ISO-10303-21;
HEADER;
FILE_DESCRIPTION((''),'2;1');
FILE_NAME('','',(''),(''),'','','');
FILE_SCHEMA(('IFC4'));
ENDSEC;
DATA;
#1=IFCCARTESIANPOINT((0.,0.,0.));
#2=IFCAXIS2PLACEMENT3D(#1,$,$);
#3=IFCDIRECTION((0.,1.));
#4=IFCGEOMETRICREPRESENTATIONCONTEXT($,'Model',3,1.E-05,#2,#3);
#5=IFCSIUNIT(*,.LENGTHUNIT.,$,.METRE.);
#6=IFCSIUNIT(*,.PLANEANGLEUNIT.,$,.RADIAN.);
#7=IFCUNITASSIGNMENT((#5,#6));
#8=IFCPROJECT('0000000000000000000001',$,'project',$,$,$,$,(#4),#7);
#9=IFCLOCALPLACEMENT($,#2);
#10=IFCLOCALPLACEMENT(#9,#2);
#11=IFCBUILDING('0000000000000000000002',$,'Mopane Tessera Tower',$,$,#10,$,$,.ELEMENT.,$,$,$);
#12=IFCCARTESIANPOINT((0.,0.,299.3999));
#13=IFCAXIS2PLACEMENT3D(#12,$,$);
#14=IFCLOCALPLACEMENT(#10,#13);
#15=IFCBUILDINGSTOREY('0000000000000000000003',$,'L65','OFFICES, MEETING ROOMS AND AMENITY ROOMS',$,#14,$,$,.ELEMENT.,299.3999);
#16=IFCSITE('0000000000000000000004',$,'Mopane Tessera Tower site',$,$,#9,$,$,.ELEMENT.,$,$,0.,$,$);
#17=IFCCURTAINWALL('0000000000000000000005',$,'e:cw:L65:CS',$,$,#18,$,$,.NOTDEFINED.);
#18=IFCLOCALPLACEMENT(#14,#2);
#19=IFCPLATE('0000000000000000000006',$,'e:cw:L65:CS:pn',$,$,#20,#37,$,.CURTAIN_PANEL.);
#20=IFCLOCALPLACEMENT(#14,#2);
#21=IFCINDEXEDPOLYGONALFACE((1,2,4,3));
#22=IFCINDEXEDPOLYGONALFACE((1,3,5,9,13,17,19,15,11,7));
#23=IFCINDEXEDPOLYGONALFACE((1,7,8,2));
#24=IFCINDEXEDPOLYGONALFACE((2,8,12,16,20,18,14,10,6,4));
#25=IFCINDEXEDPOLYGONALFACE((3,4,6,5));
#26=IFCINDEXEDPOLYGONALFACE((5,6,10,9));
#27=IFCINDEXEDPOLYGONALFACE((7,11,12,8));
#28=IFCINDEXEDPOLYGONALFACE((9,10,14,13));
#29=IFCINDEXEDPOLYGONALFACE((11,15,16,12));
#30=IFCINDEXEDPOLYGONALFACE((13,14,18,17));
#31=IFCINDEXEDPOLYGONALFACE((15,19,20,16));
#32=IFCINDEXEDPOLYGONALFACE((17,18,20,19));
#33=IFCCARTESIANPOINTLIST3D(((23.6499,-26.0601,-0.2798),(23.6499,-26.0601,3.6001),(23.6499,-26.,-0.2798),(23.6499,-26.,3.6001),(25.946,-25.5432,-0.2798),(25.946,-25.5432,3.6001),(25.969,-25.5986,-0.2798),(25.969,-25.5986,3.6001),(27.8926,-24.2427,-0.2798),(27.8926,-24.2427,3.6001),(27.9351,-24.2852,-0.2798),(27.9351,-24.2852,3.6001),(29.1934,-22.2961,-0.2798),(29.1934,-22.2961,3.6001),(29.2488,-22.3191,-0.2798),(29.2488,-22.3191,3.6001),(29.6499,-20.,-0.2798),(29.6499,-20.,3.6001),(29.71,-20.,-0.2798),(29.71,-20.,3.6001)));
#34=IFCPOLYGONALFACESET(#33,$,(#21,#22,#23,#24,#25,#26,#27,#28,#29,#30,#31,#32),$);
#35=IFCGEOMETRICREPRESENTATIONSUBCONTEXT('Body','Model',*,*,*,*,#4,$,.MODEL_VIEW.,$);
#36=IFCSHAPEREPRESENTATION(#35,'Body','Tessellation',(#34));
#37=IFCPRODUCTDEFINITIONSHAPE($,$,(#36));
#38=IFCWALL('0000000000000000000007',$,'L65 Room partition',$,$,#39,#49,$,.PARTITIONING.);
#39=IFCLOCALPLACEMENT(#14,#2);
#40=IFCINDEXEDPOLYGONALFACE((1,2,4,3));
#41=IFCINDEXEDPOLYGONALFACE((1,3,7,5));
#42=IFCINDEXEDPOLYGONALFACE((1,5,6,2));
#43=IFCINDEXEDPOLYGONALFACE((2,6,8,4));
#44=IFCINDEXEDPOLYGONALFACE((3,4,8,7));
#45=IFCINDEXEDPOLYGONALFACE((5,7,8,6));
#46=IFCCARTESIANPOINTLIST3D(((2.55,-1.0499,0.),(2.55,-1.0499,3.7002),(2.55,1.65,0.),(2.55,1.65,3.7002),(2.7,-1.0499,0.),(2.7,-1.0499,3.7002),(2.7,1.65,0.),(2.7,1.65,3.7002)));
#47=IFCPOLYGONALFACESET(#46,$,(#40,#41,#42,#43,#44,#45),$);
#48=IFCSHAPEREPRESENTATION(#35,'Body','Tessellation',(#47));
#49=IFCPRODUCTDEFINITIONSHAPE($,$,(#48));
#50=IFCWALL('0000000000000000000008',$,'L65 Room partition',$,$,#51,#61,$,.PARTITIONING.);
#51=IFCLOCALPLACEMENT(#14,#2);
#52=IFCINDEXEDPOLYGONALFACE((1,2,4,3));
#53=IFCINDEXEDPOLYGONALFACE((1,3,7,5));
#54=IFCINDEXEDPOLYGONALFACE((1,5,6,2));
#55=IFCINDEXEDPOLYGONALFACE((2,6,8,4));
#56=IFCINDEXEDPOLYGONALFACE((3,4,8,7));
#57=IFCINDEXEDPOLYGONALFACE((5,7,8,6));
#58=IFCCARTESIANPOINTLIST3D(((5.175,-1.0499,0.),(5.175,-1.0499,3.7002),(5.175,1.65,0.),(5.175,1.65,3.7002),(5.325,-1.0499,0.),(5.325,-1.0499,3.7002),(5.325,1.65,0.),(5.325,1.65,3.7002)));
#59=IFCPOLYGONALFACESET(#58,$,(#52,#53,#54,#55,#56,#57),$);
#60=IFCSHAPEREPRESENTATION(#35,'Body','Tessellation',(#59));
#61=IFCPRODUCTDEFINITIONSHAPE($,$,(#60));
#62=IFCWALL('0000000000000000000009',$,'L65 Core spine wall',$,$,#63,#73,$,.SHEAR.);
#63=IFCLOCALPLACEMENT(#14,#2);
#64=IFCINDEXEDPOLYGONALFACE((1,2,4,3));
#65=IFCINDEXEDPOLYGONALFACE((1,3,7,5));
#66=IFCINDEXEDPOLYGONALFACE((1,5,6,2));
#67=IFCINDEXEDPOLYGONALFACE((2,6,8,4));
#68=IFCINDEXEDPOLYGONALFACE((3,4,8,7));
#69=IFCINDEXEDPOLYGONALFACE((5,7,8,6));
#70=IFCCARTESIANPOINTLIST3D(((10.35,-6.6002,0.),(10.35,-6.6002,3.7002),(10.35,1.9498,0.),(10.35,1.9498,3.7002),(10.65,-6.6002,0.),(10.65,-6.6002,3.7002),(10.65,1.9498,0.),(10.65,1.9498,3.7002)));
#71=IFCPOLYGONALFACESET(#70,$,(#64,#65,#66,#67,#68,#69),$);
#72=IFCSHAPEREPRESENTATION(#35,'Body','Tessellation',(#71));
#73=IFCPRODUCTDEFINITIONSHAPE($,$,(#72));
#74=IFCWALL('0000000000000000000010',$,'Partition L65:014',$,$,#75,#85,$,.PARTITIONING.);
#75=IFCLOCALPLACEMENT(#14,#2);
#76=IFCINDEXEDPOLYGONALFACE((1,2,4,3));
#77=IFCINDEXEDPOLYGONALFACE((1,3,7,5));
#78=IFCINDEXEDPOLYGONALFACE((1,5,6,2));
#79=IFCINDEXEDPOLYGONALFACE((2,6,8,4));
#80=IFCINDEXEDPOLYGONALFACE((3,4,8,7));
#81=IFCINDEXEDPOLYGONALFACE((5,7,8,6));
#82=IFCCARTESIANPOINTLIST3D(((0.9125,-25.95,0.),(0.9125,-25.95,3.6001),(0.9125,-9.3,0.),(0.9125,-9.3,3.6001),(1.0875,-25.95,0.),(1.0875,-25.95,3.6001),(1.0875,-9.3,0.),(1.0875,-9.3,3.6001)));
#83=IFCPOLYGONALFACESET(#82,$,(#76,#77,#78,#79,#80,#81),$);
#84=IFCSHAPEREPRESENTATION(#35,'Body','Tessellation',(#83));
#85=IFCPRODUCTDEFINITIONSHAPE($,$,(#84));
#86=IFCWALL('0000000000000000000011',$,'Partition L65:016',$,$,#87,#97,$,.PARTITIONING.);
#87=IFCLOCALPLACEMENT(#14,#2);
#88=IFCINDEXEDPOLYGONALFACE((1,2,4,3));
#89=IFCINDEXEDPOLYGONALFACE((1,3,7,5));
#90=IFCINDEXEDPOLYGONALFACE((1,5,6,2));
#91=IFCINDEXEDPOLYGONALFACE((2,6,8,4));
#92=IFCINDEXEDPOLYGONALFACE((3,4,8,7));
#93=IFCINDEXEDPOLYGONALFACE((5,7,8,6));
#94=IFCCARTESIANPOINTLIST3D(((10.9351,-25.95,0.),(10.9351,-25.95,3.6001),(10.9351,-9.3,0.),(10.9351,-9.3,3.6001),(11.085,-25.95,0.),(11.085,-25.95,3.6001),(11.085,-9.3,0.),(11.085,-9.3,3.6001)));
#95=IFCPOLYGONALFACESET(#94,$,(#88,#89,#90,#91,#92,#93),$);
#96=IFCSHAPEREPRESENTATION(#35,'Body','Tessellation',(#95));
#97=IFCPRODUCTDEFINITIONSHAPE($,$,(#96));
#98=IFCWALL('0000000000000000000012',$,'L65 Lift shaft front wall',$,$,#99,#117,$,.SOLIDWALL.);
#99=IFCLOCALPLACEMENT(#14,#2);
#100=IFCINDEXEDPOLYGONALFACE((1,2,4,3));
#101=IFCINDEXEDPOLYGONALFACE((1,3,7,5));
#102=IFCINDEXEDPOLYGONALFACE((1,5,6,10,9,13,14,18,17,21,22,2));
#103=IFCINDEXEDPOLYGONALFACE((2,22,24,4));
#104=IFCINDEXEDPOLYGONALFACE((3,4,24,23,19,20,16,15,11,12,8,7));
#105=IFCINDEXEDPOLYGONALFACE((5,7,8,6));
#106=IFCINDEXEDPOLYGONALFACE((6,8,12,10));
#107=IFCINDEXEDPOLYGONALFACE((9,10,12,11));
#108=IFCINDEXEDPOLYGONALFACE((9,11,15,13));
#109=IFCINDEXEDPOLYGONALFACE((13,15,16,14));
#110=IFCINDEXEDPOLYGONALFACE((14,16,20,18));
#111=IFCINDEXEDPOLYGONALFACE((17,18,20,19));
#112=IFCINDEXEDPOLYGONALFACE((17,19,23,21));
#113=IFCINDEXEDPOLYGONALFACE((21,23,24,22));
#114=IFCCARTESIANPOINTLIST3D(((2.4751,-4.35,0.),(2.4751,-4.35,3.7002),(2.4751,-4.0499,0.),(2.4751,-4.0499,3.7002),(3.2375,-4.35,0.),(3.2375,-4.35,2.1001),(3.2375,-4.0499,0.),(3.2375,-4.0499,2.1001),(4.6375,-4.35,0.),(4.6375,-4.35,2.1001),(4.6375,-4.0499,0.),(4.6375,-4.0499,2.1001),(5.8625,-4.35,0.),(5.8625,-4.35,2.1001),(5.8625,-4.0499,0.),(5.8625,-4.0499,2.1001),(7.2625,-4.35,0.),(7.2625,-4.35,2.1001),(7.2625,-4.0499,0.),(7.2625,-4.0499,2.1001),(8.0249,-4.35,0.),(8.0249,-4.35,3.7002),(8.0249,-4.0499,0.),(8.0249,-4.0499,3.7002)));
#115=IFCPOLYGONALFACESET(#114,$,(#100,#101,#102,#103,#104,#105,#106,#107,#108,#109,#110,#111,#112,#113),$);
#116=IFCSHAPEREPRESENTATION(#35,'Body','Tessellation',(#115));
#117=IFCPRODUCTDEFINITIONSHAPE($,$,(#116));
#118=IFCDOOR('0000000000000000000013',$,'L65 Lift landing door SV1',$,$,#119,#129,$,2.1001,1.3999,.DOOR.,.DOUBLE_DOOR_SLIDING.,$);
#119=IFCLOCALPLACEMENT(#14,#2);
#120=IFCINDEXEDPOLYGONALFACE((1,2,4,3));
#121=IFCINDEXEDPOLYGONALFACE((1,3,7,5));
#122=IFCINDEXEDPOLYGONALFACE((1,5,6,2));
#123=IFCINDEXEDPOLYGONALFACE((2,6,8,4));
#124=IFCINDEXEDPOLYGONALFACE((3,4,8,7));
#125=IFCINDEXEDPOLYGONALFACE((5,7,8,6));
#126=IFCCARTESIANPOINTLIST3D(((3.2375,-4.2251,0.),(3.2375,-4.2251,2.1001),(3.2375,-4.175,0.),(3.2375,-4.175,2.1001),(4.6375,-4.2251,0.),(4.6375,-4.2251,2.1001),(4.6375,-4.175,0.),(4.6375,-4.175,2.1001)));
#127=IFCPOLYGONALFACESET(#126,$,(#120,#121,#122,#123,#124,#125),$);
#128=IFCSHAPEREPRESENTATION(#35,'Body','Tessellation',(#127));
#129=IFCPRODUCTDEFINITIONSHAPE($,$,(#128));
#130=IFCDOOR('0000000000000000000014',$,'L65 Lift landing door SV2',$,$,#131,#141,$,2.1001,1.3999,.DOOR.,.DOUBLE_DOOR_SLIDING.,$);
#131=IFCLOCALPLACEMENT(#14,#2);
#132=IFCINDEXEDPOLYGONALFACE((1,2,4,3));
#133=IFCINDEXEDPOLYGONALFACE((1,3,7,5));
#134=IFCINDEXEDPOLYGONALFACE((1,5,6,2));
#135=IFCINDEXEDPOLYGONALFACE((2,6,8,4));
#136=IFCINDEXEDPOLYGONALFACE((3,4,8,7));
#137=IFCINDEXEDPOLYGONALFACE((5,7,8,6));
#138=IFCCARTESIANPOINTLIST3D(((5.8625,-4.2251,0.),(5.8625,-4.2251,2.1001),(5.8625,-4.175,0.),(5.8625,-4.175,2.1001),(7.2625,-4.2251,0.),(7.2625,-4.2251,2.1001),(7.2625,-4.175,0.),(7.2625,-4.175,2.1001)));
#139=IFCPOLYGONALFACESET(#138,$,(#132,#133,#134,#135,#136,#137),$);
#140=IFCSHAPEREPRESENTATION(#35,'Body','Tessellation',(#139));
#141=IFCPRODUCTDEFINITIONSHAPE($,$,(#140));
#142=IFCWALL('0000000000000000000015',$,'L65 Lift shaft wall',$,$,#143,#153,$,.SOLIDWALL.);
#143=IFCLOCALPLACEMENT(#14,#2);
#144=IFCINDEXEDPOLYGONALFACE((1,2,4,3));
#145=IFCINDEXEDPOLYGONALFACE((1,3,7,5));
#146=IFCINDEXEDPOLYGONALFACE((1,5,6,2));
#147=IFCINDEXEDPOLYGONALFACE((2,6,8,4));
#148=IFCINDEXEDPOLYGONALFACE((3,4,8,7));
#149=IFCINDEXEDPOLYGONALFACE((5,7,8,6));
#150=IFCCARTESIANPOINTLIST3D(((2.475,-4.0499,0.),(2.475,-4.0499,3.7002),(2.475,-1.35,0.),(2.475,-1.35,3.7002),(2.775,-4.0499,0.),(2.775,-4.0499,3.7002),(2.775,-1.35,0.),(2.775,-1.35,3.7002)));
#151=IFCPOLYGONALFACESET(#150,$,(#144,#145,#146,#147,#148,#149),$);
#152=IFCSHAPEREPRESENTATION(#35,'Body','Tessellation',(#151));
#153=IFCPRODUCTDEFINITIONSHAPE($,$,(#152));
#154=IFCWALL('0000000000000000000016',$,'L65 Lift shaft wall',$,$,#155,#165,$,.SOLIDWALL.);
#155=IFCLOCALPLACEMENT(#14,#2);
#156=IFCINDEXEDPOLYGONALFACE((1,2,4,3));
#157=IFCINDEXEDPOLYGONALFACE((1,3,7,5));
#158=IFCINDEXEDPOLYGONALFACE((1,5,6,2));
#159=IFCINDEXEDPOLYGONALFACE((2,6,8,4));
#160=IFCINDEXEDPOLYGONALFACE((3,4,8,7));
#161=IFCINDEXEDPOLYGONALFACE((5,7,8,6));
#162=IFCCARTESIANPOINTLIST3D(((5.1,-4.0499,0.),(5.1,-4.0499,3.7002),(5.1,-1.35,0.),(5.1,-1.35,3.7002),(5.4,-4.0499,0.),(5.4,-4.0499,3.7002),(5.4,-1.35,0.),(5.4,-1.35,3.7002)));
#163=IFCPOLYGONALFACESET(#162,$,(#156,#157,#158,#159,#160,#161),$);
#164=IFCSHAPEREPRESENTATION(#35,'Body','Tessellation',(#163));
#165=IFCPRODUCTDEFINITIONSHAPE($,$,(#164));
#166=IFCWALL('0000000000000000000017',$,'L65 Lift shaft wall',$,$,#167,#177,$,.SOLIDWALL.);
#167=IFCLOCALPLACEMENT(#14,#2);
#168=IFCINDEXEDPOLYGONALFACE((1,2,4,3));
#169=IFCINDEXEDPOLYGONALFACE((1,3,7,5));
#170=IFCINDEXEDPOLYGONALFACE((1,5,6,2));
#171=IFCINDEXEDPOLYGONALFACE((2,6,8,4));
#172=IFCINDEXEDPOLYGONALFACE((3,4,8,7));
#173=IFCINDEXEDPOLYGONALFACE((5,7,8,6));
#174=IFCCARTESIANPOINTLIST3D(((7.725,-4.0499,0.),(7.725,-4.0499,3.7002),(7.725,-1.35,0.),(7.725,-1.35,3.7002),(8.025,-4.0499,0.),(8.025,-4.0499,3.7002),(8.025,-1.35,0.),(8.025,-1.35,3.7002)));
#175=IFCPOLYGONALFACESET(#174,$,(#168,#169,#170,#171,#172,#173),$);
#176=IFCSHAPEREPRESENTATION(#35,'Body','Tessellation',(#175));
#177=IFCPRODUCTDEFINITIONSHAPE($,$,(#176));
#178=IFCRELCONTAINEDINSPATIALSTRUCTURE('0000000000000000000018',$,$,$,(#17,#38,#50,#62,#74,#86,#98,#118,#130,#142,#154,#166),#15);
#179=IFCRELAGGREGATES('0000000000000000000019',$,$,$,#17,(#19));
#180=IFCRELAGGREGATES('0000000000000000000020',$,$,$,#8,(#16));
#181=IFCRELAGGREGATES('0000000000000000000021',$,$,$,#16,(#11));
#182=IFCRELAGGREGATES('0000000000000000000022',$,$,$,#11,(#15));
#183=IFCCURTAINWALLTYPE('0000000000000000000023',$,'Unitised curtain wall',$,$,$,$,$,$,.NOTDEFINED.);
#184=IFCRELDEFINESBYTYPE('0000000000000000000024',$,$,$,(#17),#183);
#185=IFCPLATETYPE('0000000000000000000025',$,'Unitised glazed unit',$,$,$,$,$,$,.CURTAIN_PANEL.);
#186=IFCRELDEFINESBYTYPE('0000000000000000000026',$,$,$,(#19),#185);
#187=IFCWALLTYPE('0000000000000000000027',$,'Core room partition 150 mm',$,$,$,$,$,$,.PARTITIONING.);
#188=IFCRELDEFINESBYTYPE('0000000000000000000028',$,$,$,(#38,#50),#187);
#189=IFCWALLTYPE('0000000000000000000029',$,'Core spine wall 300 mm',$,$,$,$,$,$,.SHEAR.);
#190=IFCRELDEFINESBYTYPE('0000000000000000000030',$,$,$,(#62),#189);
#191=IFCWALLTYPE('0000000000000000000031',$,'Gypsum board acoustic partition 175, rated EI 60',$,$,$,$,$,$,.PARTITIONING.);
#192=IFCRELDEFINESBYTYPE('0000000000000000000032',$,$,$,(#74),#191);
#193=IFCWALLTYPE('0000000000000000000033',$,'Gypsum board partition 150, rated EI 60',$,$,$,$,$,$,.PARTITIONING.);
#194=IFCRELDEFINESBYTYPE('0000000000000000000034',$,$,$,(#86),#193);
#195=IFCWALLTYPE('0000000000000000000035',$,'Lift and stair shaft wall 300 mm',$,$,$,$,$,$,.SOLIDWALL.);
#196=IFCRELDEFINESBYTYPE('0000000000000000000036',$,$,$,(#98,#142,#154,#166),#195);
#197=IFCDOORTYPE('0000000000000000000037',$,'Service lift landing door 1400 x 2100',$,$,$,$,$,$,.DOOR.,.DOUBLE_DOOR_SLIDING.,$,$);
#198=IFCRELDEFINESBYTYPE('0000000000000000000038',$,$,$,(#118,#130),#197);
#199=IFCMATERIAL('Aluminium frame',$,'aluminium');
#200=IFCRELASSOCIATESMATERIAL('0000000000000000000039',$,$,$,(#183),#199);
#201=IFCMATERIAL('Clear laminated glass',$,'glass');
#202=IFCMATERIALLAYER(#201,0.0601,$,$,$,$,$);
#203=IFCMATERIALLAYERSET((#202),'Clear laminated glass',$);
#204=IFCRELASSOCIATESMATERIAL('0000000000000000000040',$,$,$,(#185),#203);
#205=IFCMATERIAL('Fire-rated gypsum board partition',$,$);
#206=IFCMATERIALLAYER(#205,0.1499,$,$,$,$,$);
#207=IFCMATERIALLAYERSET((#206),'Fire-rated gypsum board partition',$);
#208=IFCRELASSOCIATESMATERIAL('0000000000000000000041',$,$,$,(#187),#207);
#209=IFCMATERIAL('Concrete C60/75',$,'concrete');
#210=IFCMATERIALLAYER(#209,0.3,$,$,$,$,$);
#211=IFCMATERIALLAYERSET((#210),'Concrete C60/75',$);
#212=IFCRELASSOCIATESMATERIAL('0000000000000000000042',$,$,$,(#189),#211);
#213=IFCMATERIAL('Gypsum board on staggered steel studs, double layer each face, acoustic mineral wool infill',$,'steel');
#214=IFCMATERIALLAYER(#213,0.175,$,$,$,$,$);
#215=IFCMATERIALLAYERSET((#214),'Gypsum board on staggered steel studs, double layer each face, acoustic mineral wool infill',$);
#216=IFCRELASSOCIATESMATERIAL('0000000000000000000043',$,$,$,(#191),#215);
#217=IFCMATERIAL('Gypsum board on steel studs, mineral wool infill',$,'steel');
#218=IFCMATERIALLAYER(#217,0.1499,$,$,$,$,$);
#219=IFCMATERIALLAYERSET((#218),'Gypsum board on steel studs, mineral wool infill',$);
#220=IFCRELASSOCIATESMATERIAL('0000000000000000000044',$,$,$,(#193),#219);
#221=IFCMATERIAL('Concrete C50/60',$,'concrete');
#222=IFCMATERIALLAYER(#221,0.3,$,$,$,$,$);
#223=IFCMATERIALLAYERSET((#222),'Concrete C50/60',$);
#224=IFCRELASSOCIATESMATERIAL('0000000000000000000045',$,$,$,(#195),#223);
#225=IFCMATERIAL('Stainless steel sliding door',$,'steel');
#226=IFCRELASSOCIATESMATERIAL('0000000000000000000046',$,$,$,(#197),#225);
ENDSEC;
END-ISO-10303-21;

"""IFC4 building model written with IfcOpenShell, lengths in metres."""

from ifc_helpers import new_model, si_unit, direction, frame, frame_2d, origin, place, context, subcontext, project, spatial, polyline, rectangle, outline, extrude, material, layer, layer_set, type_object, element, fill, aggregate, save


model = new_model("IFC4")

# Units and contexts
model_context = context("Model", 3, precision=1e-05, world=origin(), true_north=direction((0.0, 1.0)))
body_context = subcontext(model_context, "Body", "Model", "MODEL_VIEW")
ifc_project = project(units=[si_unit("LENGTHUNIT", "METRE"), si_unit("PLANEANGLEUNIT", "RADIAN")], contexts=[model_context])

# Site, building, storey
site_placement = place(None, origin())
site = spatial("IfcSite", under=ifc_project, at=site_placement, Name="Mopane Tessera Tower site", CompositionType="ELEMENT", RefElevation=0.0)
building_placement = place(site_placement, origin())
building = spatial("IfcBuilding", under=site, at=building_placement, Name="Mopane Tessera Tower", CompositionType="ELEMENT")
storey_placement = place(building_placement, frame((0.0, 0.0, 299.3999)))
storey = spatial("IfcBuildingStorey", under=building, at=storey_placement, Name="L65", Description="OFFICES, MEETING ROOMS AND AMENITY ROOMS", CompositionType="ELEMENT", Elevation=299.3999)

# Shared definitions
ifc_material_1 = material(Name="Aluminium frame", Category="aluminium")
curtain_wall_type = type_object("IfcCurtainWallType", Name="Unitised curtain wall", PredefinedType="NOTDEFINED", material=ifc_material_1)

# Curtain wall
curtain_wall_1_placement = place(storey_placement, origin())
curtain_wall_1 = element("IfcCurtainWall", 1, at=curtain_wall_1_placement, inside=storey, type_object=curtain_wall_type, Name="e:cw:L65:CS", PredefinedType="NOTDEFINED")

# Plate
ifc_material_2 = material(Name="Clear laminated glass", Category="glass")
ifc_layer_1 = layer(ifc_material_2, 0.0601)
ifc_layer_set_1 = layer_set([ifc_layer_1], Name="Clear laminated glass")
plate_type = type_object("IfcPlateType", Name="Unitised glazed unit", PredefinedType="CURTAIN_PANEL", material=ifc_layer_set_1)
plate_1_placement = place(storey_placement, frame((0.0, 0.0, -0.2798)))
plate_1 = element("IfcPlate", 2, at=plate_1_placement, type_object=plate_type, Name="e:cw:L65:CS:pn", PredefinedType="CURTAIN_PANEL", context=body_context, shape_type="SweptSolid", body=[
    extrude(outline(polyline([(23.6499, -26.0), (25.946, -25.5432), (27.8926, -24.2427), (29.1934, -22.2961), (29.6499, -20.0), (29.71, -20.0), (29.2488, -22.3191), (27.9351, -24.2852), (25.969, -25.5986), (23.6499, -26.0601), (23.6499, -26.0)])), origin(), (0.0, 0.0, 1.0), 3.8799),
])
aggregate(curtain_wall_1, [plate_1])

# Walls
ifc_material_3 = material(Name="Fire-rated gypsum board partition")
ifc_layer_2 = layer(ifc_material_3, 0.1499)
ifc_layer_set_2 = layer_set([ifc_layer_2], Name="Fire-rated gypsum board partition")
wall_type_1 = type_object("IfcWallType", Name="Core room partition 150 mm", PredefinedType="PARTITIONING", material=ifc_layer_set_2)
for number, where, z_axis, x_axis, name in (
    (3, (2.625, -1.05, 0.0), (0.0, 0.0, 1.0), (0.0, 1.0, 0.0), "L65 Room partition"),
    (4, (5.25, -1.05, 0.0), (0.0, 0.0, 1.0), (0.0, 1.0, 0.0), "L65 Room partition"),
):
    element("IfcWall", number, at=place(storey_placement, frame(where, z_axis=z_axis, x_axis=x_axis)), inside=storey, type_object=wall_type_1, Name=name, PredefinedType="PARTITIONING", context=body_context, shape_type="SweptSolid", body=[
        extrude(rectangle(XDim=2.7, YDim=0.1499, at=frame_2d((1.3501, 0.0))), origin(), (0.0, 0.0, 1.0), 3.7002),
    ])
ifc_material_4 = material(Name="Concrete C60/75", Category="concrete")
ifc_layer_3 = layer(ifc_material_4, 0.3)
ifc_layer_set_3 = layer_set([ifc_layer_3], Name="Concrete C60/75")
wall_type_2 = type_object("IfcWallType", Name="Core spine wall 300 mm", PredefinedType="SHEAR", material=ifc_layer_set_3)
wall_1_placement = place(storey_placement, frame((10.5, -6.6001, 0.0), z_axis=(0.0, 0.0, 1.0), x_axis=(0.0, 1.0, 0.0)))
element("IfcWall", 5, at=wall_1_placement, inside=storey, type_object=wall_type_2, Name="L65 Core spine wall", PredefinedType="SHEAR", context=body_context, shape_type="SweptSolid", body=[
    extrude(rectangle(XDim=8.55, YDim=0.3, at=frame_2d((4.2749, 0.0))), origin(), (0.0, 0.0, 1.0), 3.7002),
])
ifc_material_5 = material(Name="Gypsum board on staggered steel studs, double layer each face, acoustic mineral wool infill", Category="steel")
ifc_layer_4 = layer(ifc_material_5, 0.175)
ifc_layer_set_4 = layer_set([ifc_layer_4], Name="Gypsum board on staggered steel studs, double layer each face, acoustic mineral wool infill")
wall_type_3 = type_object("IfcWallType", Name="Gypsum board acoustic partition 175, rated EI 60", PredefinedType="PARTITIONING", material=ifc_layer_set_4)
wall_2_placement = place(storey_placement, frame((1.0, -25.95, 0.0), z_axis=(0.0, 0.0, 1.0), x_axis=(0.0, 1.0, 0.0)))
element("IfcWall", 6, at=wall_2_placement, inside=storey, type_object=wall_type_3, Name="Partition L65:014", PredefinedType="PARTITIONING", context=body_context, shape_type="SweptSolid", body=[
    extrude(rectangle(XDim=16.6499, YDim=0.175, at=frame_2d((8.325, 0.0))), origin(), (0.0, 0.0, 1.0), 3.6001),
])
ifc_material_6 = material(Name="Gypsum board on steel studs, mineral wool infill", Category="steel")
ifc_layer_5 = layer(ifc_material_6, 0.1499)
ifc_layer_set_5 = layer_set([ifc_layer_5], Name="Gypsum board on steel studs, mineral wool infill")
wall_type_4 = type_object("IfcWallType", Name="Gypsum board partition 150, rated EI 60", PredefinedType="PARTITIONING", material=ifc_layer_set_5)
wall_3_placement = place(storey_placement, frame((11.01, -25.95, 0.0), z_axis=(0.0, 0.0, 1.0), x_axis=(0.0, 1.0, 0.0)))
element("IfcWall", 7, at=wall_3_placement, inside=storey, type_object=wall_type_4, Name="Partition L65:016", PredefinedType="PARTITIONING", context=body_context, shape_type="SweptSolid", body=[
    extrude(rectangle(XDim=16.6499, YDim=0.1499, at=frame_2d((8.325, 0.0))), origin(), (0.0, 0.0, 1.0), 3.6001),
])

# Wall, openings, doors
ifc_material_7 = material(Name="Concrete C50/60", Category="concrete")
ifc_layer_6 = layer(ifc_material_7, 0.3)
ifc_layer_set_6 = layer_set([ifc_layer_6], Name="Concrete C50/60")
wall_type_5 = type_object("IfcWallType", Name="Lift and stair shaft wall 300 mm", PredefinedType="SOLIDWALL", material=ifc_layer_set_6)
wall_4_placement = place(storey_placement, frame((2.4751, -4.2, 0.0), z_axis=(0.0, 0.0, 1.0), x_axis=(1.0, 0.0, 0.0)))
wall_4 = element("IfcWall", 8, at=wall_4_placement, inside=storey, type_object=wall_type_5, Name="L65 Lift shaft front wall", PredefinedType="SOLIDWALL", context=body_context, shape_type="SweptSolid", body=[
    extrude(rectangle(XDim=5.5498, YDim=0.3, at=frame_2d((2.7749, 0.0))), origin(), (0.0, 0.0, 1.0), 3.7002),
])
opening_1_placement = place(wall_4_placement, frame((0.7625, 0.0, 0.0)))
opening_1 = element("IfcOpeningElement", 9, at=opening_1_placement, cuts=wall_4, PredefinedType="OPENING", context=body_context, shape_type="SweptSolid", body=[
    extrude(rectangle(XDim=1.3999, YDim=2.1001, at=frame_2d((0.7, 1.05))), frame((0.0, 0.1621, 0.0), z_axis=(0.0, -1.0, 0.0), x_axis=(1.0, 0.0, 0.0)), (0.0, 0.0, 1.0), 0.324),
])
opening_2_placement = place(wall_4_placement, frame((3.3875, 0.0, 0.0)))
opening_2 = element("IfcOpeningElement", 10, at=opening_2_placement, cuts=wall_4, PredefinedType="OPENING", context=body_context, shape_type="SweptSolid", body=[
    extrude(rectangle(XDim=1.3999, YDim=2.1001, at=frame_2d((0.7, 1.05))), frame((0.0, 0.1621, 0.0), z_axis=(0.0, -1.0, 0.0), x_axis=(1.0, 0.0, 0.0)), (0.0, 0.0, 1.0), 0.324),
])
ifc_material_8 = material(Name="Stainless steel sliding door", Category="steel")
door_type = type_object("IfcDoorType", Name="Service lift landing door 1400 x 2100", OperationType="DOUBLE_DOOR_SLIDING", PredefinedType="DOOR", material=ifc_material_8)
door_1_placement = place(opening_1_placement, origin())
door_1 = element("IfcDoor", 11, at=door_1_placement, inside=storey, type_object=door_type, Name="L65 Lift landing door SV1", OperationType="DOUBLE_DOOR_SLIDING", OverallHeight=2.1001, OverallWidth=1.3999, PredefinedType="DOOR", context=body_context, shape_type="SweptSolid", body=[
    extrude(rectangle(XDim=1.3999, YDim=2.1001, at=frame_2d((0.7, 1.05))), frame((0.0, 0.0249, 0.0), z_axis=(0.0, -1.0, 0.0), x_axis=(1.0, 0.0, 0.0)), (0.0, 0.0, 1.0), 0.05),
])
fill(opening_1, door_1)
door_2_placement = place(opening_2_placement, origin())
door_2 = element("IfcDoor", 12, at=door_2_placement, inside=storey, type_object=door_type, Name="L65 Lift landing door SV2", OperationType="DOUBLE_DOOR_SLIDING", OverallHeight=2.1001, OverallWidth=1.3999, PredefinedType="DOOR", context=body_context, shape_type="SweptSolid", body=[
    extrude(rectangle(XDim=1.3999, YDim=2.1001, at=frame_2d((0.7, 1.05))), frame((0.0, 0.0249, 0.0), z_axis=(0.0, -1.0, 0.0), x_axis=(1.0, 0.0, 0.0)), (0.0, 0.0, 1.0), 0.05),
])
fill(opening_2, door_2)

# Walls
for number, where, z_axis, x_axis, name in (
    (13, (2.625, -4.05, 0.0), (0.0, 0.0, 1.0), (0.0, 1.0, 0.0), "L65 Lift shaft wall"),
    (14, (5.25, -4.05, 0.0), (0.0, 0.0, 1.0), (0.0, 1.0, 0.0), "L65 Lift shaft wall"),
    (15, (7.875, -4.05, 0.0), (0.0, 0.0, 1.0), (0.0, 1.0, 0.0), "L65 Lift shaft wall"),
):
    element("IfcWall", number, at=place(storey_placement, frame(where, z_axis=z_axis, x_axis=x_axis)), inside=storey, type_object=wall_type_5, Name=name, PredefinedType="SOLIDWALL", context=body_context, shape_type="SweptSolid", body=[
        extrude(rectangle(XDim=2.7, YDim=0.3, at=frame_2d((1.3501, 0.0))), origin(), (0.0, 0.0, 1.0), 3.7002),
    ])

save(model, "model.ifc")
